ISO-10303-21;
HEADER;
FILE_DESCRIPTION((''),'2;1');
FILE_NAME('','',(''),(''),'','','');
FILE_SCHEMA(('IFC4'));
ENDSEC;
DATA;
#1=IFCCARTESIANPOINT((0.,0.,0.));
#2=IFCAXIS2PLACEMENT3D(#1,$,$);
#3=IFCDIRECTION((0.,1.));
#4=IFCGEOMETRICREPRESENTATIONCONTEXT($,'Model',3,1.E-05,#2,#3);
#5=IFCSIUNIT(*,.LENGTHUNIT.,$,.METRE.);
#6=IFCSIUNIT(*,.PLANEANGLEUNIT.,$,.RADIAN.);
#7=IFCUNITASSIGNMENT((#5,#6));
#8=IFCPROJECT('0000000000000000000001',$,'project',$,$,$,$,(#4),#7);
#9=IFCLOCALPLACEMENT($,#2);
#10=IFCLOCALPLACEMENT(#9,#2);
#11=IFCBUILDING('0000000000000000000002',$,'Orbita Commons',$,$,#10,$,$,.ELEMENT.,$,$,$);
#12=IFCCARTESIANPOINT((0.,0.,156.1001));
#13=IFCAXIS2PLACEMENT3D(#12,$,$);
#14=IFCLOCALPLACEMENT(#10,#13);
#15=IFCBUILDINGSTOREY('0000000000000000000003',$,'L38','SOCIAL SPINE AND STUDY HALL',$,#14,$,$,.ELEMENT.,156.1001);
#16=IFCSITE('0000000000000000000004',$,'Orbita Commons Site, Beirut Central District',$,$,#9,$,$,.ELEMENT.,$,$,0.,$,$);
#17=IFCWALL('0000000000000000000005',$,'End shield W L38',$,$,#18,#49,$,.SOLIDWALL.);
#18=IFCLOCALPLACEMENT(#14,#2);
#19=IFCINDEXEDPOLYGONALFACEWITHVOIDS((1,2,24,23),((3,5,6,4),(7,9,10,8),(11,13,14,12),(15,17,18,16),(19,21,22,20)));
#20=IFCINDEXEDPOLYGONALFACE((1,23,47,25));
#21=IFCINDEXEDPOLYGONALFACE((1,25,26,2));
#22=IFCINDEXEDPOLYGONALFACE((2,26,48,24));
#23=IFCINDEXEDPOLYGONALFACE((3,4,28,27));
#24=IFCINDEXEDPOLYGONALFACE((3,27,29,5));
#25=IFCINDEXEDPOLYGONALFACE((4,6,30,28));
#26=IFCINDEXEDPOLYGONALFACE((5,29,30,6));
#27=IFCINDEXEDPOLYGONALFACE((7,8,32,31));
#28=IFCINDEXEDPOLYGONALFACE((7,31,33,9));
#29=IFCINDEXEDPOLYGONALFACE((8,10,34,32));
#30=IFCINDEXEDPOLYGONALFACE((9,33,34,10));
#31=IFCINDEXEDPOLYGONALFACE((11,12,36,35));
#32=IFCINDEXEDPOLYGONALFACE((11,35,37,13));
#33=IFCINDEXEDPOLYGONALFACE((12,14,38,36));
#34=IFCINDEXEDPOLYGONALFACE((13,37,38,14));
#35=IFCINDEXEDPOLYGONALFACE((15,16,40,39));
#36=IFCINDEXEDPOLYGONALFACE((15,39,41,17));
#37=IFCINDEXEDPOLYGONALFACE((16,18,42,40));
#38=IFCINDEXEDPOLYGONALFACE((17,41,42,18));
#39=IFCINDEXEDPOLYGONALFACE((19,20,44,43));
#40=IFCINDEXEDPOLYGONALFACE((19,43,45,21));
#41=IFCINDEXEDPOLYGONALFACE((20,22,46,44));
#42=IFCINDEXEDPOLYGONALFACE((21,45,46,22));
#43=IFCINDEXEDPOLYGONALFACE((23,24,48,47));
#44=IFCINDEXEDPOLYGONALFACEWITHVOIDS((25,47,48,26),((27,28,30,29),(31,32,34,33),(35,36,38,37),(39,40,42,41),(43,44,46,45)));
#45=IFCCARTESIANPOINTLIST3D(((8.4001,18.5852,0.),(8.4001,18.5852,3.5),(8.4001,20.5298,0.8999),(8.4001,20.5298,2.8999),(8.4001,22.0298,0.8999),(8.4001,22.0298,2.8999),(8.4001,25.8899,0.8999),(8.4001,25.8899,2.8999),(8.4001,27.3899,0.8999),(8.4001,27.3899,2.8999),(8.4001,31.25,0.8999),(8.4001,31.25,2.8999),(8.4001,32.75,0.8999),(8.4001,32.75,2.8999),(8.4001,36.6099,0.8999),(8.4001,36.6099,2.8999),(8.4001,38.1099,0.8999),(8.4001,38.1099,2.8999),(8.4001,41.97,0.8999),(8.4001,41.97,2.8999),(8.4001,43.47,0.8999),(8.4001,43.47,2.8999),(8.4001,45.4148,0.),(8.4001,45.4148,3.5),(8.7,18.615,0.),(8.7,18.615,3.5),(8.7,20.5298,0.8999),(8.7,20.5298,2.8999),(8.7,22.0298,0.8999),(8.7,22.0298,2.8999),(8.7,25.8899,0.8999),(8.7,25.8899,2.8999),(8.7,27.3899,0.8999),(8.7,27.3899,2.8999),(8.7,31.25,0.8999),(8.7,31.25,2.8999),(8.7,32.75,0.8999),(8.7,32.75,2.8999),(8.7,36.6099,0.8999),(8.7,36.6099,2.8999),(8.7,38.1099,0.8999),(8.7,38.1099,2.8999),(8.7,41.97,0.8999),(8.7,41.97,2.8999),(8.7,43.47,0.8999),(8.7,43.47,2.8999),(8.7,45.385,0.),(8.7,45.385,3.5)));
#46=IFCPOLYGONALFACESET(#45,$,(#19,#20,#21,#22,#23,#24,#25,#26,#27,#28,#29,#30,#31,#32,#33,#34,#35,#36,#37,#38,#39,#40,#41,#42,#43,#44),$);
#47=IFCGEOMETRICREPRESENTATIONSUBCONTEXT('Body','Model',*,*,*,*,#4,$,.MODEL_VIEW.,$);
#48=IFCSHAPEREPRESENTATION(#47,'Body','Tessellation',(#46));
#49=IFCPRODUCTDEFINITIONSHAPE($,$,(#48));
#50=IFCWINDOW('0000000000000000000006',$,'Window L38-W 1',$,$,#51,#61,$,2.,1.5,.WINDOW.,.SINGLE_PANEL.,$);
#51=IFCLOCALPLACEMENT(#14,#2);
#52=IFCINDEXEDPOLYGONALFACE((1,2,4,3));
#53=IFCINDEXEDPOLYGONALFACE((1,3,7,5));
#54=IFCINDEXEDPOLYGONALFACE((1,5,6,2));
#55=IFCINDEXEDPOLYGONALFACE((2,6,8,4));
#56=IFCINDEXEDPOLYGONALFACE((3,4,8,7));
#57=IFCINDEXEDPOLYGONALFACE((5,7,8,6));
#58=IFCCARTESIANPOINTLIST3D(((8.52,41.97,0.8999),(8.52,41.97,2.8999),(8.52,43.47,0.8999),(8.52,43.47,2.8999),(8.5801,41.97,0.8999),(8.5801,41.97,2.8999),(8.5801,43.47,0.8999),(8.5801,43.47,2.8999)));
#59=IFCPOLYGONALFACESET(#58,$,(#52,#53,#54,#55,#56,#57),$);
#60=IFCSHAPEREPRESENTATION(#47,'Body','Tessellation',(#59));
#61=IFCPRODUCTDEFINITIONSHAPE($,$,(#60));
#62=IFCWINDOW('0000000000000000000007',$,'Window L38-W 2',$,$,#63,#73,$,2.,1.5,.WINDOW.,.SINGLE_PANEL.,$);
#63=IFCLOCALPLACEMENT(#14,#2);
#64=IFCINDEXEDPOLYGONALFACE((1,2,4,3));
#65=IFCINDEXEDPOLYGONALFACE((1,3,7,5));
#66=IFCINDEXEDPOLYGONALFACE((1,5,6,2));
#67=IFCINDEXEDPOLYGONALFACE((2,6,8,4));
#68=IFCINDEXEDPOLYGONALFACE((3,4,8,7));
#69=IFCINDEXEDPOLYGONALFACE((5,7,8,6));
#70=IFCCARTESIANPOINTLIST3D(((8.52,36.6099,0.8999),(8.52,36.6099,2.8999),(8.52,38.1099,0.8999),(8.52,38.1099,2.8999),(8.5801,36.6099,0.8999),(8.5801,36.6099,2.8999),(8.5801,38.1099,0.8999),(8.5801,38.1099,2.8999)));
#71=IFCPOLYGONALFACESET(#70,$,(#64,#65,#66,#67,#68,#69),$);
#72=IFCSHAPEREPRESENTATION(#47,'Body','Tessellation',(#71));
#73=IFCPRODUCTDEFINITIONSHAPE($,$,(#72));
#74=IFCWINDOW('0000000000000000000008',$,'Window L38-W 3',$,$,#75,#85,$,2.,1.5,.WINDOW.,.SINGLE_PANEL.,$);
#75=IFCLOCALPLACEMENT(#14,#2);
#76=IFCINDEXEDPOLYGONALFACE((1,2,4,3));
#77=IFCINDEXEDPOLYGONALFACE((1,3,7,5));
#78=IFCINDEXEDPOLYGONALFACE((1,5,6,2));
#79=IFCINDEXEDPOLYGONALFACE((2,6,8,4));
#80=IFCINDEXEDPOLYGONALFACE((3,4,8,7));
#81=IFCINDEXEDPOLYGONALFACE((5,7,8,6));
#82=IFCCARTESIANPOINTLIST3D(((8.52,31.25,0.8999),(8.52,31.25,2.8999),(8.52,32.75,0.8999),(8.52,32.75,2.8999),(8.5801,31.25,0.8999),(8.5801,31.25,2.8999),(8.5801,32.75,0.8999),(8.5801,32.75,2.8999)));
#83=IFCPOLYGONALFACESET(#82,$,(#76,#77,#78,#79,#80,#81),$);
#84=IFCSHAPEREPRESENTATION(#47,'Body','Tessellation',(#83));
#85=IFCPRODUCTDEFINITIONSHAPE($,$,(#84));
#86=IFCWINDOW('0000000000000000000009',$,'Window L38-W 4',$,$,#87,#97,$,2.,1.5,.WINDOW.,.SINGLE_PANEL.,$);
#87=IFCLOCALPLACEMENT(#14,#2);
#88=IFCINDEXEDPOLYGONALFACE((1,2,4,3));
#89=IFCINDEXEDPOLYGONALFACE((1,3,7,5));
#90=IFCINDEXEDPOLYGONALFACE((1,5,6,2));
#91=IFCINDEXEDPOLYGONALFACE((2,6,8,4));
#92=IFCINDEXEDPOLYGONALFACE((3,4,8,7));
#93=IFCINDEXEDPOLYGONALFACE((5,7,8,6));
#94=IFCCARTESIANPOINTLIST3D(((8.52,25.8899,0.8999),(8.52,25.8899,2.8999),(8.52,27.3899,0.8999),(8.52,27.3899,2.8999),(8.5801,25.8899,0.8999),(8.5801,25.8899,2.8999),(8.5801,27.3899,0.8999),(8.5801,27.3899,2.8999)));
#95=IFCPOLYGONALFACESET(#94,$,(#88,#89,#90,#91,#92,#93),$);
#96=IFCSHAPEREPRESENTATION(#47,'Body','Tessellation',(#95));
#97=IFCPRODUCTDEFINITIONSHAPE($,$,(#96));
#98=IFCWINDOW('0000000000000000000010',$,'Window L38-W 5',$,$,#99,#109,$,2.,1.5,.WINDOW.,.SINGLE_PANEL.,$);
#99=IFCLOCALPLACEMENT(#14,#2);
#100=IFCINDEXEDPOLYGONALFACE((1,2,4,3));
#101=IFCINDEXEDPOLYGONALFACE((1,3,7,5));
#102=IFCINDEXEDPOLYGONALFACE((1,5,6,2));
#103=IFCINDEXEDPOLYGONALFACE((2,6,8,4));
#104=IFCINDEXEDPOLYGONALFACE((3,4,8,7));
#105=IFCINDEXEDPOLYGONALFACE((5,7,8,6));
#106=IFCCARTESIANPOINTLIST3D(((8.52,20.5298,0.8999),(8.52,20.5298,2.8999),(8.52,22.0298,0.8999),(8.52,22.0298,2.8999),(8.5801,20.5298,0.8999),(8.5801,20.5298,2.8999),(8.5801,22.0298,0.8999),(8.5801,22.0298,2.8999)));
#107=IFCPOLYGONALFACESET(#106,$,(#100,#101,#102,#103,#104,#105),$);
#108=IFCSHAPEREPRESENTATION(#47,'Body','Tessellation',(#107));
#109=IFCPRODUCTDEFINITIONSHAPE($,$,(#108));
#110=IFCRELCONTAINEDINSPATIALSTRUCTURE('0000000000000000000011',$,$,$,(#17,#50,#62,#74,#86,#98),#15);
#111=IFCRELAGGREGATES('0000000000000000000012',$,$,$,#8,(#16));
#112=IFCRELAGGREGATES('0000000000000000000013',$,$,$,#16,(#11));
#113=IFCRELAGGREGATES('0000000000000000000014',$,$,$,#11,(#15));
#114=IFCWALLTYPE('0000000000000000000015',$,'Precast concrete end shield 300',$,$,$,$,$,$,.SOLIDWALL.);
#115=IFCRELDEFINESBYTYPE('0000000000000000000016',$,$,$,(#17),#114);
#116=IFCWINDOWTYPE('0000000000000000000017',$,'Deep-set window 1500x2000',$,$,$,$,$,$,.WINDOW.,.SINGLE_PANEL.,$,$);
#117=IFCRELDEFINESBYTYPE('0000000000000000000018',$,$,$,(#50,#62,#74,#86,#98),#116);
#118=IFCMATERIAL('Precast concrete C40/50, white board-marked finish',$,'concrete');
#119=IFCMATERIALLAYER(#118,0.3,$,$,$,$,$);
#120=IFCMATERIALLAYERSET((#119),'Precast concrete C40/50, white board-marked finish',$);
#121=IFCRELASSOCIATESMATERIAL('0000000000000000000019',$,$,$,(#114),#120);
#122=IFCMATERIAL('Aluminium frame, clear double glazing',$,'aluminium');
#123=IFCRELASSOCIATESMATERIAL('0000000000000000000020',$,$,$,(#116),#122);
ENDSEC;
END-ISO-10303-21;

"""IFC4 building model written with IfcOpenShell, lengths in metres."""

from ifc_helpers import new_model, si_unit, direction, frame, frame_2d, origin, place, context, subcontext, project, spatial, polyline, rectangle, outline, extrude, material, layer, layer_set, type_object, element, fill, save


model = new_model("IFC4")

# Units and contexts
model_context = context("Model", 3, precision=1e-05, world=origin(), true_north=direction((0.0, 1.0)))
body_context = subcontext(model_context, "Body", "Model", "MODEL_VIEW")
ifc_project = project(units=[si_unit("LENGTHUNIT", "METRE"), si_unit("PLANEANGLEUNIT", "RADIAN")], contexts=[model_context])

# Site, building, storey
site_placement = place(None, origin())
site = spatial("IfcSite", under=ifc_project, at=site_placement, Name="Orbita Commons Site, Beirut Central District", CompositionType="ELEMENT", RefElevation=0.0)
building_placement = place(site_placement, origin())
building = spatial("IfcBuilding", under=site, at=building_placement, Name="Orbita Commons", CompositionType="ELEMENT")
storey_placement = place(building_placement, frame((0.0, 0.0, 156.1001)))
storey = spatial("IfcBuildingStorey", under=building, at=storey_placement, Name="L38", Description="SOCIAL SPINE AND STUDY HALL", CompositionType="ELEMENT", Elevation=156.1001)

# Wall, openings, windows
ifc_material_1 = material(Name="Precast concrete C40/50, white board-marked finish", Category="concrete")
ifc_layer_1 = layer(ifc_material_1, 0.3)
ifc_layer_set_1 = layer_set([ifc_layer_1], Name="Precast concrete C40/50, white board-marked finish")
wall_type_1 = type_object("IfcWallType", Name="Precast concrete end shield 300", PredefinedType="SOLIDWALL", material=ifc_layer_set_1)
wall_1_placement = place(storey_placement, frame((8.55, 45.3999, 0.0), z_axis=(0.0, 0.0, 1.0), x_axis=(0.0, -1.0, 0.0)))
wall_1 = element("IfcWall", 1, at=wall_1_placement, inside=storey, type_object=wall_type_1, Name="End shield W L38", PredefinedType="SOLIDWALL", context=body_context, shape_type="SweptSolid", body=[
    extrude(outline(polyline([(-0.0149, -0.1499), (26.8147, -0.1499), (26.7849, 0.1499), (0.0149, 0.1499), (-0.0149, -0.1499)])), origin(), (0.0, 0.0, 1.0), 3.5),
])
opening_1_placement = place(wall_1_placement, frame((1.9299, 0.0, 0.8999)))
opening_1 = element("IfcOpeningElement", 2, at=opening_1_placement, cuts=wall_1, PredefinedType="OPENING", context=body_context, shape_type="SweptSolid", body=[
    extrude(rectangle(XDim=1.5, YDim=2.0, at=frame_2d((0.75, 1.0))), frame((0.0, 0.1599, 0.0), z_axis=(0.0, -1.0, 0.0), x_axis=(1.0, 0.0, 0.0)), (0.0, 0.0, 1.0), 0.3201),
])
opening_2_placement = place(wall_1_placement, frame((7.29, 0.0, 0.8999)))
opening_2 = element("IfcOpeningElement", 3, at=opening_2_placement, cuts=wall_1, PredefinedType="OPENING", context=body_context, shape_type="SweptSolid", body=[
    extrude(rectangle(XDim=1.5, YDim=2.0, at=frame_2d((0.75, 1.0))), frame((0.0, 0.1599, 0.0), z_axis=(0.0, -1.0, 0.0), x_axis=(1.0, 0.0, 0.0)), (0.0, 0.0, 1.0), 0.3201),
])
opening_3_placement = place(wall_1_placement, frame((12.6499, 0.0, 0.8999)))
opening_3 = element("IfcOpeningElement", 4, at=opening_3_placement, cuts=wall_1, PredefinedType="OPENING", context=body_context, shape_type="SweptSolid", body=[
    extrude(rectangle(XDim=1.5, YDim=2.0, at=frame_2d((0.75, 1.0))), frame((0.0, 0.1599, 0.0), z_axis=(0.0, -1.0, 0.0), x_axis=(1.0, 0.0, 0.0)), (0.0, 0.0, 1.0), 0.3201),
])
opening_4_placement = place(wall_1_placement, frame((18.01, 0.0, 0.8999)))
opening_4 = element("IfcOpeningElement", 5, at=opening_4_placement, cuts=wall_1, PredefinedType="OPENING", context=body_context, shape_type="SweptSolid", body=[
    extrude(rectangle(XDim=1.5, YDim=2.0, at=frame_2d((0.75, 1.0))), frame((0.0, 0.1599, 0.0), z_axis=(0.0, -1.0, 0.0), x_axis=(1.0, 0.0, 0.0)), (0.0, 0.0, 1.0), 0.3201),
])
opening_5_placement = place(wall_1_placement, frame((23.3701, 0.0, 0.8999)))
opening_5 = element("IfcOpeningElement", 6, at=opening_5_placement, cuts=wall_1, PredefinedType="OPENING", context=body_context, shape_type="SweptSolid", body=[
    extrude(rectangle(XDim=1.5, YDim=2.0, at=frame_2d((0.75, 1.0))), frame((0.0, 0.1599, 0.0), z_axis=(0.0, -1.0, 0.0), x_axis=(1.0, 0.0, 0.0)), (0.0, 0.0, 1.0), 0.3201),
])
ifc_material_2 = material(Name="Aluminium frame, clear double glazing", Category="aluminium")
window_type = type_object("IfcWindowType", Name="Deep-set window 1500x2000", PartitioningType="SINGLE_PANEL", PredefinedType="WINDOW", material=ifc_material_2)
window_1_placement = place(opening_1_placement, origin())
window_1 = element("IfcWindow", 7, at=window_1_placement, inside=storey, type_object=window_type, Name="Window L38-W 1", OverallHeight=2.0, OverallWidth=1.5, PartitioningType="SINGLE_PANEL", PredefinedType="WINDOW", context=body_context, shape_type="SweptSolid", body=[
    extrude(rectangle(XDim=1.5, YDim=2.0, at=frame_2d((0.75, 1.0))), frame((0.0, 0.03, 0.0), z_axis=(0.0, -1.0, 0.0), x_axis=(1.0, 0.0, 0.0)), (0.0, 0.0, 1.0), 0.0601),
])
fill(opening_1, window_1)
window_2_placement = place(opening_2_placement, origin())
window_2 = element("IfcWindow", 8, at=window_2_placement, inside=storey, type_object=window_type, Name="Window L38-W 2", OverallHeight=2.0, OverallWidth=1.5, PartitioningType="SINGLE_PANEL", PredefinedType="WINDOW", context=body_context, shape_type="SweptSolid", body=[
    extrude(rectangle(XDim=1.5, YDim=2.0, at=frame_2d((0.75, 1.0))), frame((0.0, 0.03, 0.0), z_axis=(0.0, -1.0, 0.0), x_axis=(1.0, 0.0, 0.0)), (0.0, 0.0, 1.0), 0.0601),
])
fill(opening_2, window_2)
window_3_placement = place(opening_3_placement, origin())
window_3 = element("IfcWindow", 9, at=window_3_placement, inside=storey, type_object=window_type, Name="Window L38-W 3", OverallHeight=2.0, OverallWidth=1.5, PartitioningType="SINGLE_PANEL", PredefinedType="WINDOW", context=body_context, shape_type="SweptSolid", body=[
    extrude(rectangle(XDim=1.5, YDim=2.0, at=frame_2d((0.75, 1.0))), frame((0.0, 0.03, 0.0), z_axis=(0.0, -1.0, 0.0), x_axis=(1.0, 0.0, 0.0)), (0.0, 0.0, 1.0), 0.0601),
])
fill(opening_3, window_3)
window_4_placement = place(opening_4_placement, origin())
window_4 = element("IfcWindow", 10, at=window_4_placement, inside=storey, type_object=window_type, Name="Window L38-W 4", OverallHeight=2.0, OverallWidth=1.5, PartitioningType="SINGLE_PANEL", PredefinedType="WINDOW", context=body_context, shape_type="SweptSolid", body=[
    extrude(rectangle(XDim=1.5, YDim=2.0, at=frame_2d((0.75, 1.0))), frame((0.0, 0.03, 0.0), z_axis=(0.0, -1.0, 0.0), x_axis=(1.0, 0.0, 0.0)), (0.0, 0.0, 1.0), 0.0601),
])
fill(opening_4, window_4)
window_5_placement = place(opening_5_placement, origin())
window_5 = element("IfcWindow", 11, at=window_5_placement, inside=storey, type_object=window_type, Name="Window L38-W 5", OverallHeight=2.0, OverallWidth=1.5, PartitioningType="SINGLE_PANEL", PredefinedType="WINDOW", context=body_context, shape_type="SweptSolid", body=[
    extrude(rectangle(XDim=1.5, YDim=2.0, at=frame_2d((0.75, 1.0))), frame((0.0, 0.03, 0.0), z_axis=(0.0, -1.0, 0.0), x_axis=(1.0, 0.0, 0.0)), (0.0, 0.0, 1.0), 0.0601),
])
fill(opening_5, window_5)

save(model, "model.ifc")
